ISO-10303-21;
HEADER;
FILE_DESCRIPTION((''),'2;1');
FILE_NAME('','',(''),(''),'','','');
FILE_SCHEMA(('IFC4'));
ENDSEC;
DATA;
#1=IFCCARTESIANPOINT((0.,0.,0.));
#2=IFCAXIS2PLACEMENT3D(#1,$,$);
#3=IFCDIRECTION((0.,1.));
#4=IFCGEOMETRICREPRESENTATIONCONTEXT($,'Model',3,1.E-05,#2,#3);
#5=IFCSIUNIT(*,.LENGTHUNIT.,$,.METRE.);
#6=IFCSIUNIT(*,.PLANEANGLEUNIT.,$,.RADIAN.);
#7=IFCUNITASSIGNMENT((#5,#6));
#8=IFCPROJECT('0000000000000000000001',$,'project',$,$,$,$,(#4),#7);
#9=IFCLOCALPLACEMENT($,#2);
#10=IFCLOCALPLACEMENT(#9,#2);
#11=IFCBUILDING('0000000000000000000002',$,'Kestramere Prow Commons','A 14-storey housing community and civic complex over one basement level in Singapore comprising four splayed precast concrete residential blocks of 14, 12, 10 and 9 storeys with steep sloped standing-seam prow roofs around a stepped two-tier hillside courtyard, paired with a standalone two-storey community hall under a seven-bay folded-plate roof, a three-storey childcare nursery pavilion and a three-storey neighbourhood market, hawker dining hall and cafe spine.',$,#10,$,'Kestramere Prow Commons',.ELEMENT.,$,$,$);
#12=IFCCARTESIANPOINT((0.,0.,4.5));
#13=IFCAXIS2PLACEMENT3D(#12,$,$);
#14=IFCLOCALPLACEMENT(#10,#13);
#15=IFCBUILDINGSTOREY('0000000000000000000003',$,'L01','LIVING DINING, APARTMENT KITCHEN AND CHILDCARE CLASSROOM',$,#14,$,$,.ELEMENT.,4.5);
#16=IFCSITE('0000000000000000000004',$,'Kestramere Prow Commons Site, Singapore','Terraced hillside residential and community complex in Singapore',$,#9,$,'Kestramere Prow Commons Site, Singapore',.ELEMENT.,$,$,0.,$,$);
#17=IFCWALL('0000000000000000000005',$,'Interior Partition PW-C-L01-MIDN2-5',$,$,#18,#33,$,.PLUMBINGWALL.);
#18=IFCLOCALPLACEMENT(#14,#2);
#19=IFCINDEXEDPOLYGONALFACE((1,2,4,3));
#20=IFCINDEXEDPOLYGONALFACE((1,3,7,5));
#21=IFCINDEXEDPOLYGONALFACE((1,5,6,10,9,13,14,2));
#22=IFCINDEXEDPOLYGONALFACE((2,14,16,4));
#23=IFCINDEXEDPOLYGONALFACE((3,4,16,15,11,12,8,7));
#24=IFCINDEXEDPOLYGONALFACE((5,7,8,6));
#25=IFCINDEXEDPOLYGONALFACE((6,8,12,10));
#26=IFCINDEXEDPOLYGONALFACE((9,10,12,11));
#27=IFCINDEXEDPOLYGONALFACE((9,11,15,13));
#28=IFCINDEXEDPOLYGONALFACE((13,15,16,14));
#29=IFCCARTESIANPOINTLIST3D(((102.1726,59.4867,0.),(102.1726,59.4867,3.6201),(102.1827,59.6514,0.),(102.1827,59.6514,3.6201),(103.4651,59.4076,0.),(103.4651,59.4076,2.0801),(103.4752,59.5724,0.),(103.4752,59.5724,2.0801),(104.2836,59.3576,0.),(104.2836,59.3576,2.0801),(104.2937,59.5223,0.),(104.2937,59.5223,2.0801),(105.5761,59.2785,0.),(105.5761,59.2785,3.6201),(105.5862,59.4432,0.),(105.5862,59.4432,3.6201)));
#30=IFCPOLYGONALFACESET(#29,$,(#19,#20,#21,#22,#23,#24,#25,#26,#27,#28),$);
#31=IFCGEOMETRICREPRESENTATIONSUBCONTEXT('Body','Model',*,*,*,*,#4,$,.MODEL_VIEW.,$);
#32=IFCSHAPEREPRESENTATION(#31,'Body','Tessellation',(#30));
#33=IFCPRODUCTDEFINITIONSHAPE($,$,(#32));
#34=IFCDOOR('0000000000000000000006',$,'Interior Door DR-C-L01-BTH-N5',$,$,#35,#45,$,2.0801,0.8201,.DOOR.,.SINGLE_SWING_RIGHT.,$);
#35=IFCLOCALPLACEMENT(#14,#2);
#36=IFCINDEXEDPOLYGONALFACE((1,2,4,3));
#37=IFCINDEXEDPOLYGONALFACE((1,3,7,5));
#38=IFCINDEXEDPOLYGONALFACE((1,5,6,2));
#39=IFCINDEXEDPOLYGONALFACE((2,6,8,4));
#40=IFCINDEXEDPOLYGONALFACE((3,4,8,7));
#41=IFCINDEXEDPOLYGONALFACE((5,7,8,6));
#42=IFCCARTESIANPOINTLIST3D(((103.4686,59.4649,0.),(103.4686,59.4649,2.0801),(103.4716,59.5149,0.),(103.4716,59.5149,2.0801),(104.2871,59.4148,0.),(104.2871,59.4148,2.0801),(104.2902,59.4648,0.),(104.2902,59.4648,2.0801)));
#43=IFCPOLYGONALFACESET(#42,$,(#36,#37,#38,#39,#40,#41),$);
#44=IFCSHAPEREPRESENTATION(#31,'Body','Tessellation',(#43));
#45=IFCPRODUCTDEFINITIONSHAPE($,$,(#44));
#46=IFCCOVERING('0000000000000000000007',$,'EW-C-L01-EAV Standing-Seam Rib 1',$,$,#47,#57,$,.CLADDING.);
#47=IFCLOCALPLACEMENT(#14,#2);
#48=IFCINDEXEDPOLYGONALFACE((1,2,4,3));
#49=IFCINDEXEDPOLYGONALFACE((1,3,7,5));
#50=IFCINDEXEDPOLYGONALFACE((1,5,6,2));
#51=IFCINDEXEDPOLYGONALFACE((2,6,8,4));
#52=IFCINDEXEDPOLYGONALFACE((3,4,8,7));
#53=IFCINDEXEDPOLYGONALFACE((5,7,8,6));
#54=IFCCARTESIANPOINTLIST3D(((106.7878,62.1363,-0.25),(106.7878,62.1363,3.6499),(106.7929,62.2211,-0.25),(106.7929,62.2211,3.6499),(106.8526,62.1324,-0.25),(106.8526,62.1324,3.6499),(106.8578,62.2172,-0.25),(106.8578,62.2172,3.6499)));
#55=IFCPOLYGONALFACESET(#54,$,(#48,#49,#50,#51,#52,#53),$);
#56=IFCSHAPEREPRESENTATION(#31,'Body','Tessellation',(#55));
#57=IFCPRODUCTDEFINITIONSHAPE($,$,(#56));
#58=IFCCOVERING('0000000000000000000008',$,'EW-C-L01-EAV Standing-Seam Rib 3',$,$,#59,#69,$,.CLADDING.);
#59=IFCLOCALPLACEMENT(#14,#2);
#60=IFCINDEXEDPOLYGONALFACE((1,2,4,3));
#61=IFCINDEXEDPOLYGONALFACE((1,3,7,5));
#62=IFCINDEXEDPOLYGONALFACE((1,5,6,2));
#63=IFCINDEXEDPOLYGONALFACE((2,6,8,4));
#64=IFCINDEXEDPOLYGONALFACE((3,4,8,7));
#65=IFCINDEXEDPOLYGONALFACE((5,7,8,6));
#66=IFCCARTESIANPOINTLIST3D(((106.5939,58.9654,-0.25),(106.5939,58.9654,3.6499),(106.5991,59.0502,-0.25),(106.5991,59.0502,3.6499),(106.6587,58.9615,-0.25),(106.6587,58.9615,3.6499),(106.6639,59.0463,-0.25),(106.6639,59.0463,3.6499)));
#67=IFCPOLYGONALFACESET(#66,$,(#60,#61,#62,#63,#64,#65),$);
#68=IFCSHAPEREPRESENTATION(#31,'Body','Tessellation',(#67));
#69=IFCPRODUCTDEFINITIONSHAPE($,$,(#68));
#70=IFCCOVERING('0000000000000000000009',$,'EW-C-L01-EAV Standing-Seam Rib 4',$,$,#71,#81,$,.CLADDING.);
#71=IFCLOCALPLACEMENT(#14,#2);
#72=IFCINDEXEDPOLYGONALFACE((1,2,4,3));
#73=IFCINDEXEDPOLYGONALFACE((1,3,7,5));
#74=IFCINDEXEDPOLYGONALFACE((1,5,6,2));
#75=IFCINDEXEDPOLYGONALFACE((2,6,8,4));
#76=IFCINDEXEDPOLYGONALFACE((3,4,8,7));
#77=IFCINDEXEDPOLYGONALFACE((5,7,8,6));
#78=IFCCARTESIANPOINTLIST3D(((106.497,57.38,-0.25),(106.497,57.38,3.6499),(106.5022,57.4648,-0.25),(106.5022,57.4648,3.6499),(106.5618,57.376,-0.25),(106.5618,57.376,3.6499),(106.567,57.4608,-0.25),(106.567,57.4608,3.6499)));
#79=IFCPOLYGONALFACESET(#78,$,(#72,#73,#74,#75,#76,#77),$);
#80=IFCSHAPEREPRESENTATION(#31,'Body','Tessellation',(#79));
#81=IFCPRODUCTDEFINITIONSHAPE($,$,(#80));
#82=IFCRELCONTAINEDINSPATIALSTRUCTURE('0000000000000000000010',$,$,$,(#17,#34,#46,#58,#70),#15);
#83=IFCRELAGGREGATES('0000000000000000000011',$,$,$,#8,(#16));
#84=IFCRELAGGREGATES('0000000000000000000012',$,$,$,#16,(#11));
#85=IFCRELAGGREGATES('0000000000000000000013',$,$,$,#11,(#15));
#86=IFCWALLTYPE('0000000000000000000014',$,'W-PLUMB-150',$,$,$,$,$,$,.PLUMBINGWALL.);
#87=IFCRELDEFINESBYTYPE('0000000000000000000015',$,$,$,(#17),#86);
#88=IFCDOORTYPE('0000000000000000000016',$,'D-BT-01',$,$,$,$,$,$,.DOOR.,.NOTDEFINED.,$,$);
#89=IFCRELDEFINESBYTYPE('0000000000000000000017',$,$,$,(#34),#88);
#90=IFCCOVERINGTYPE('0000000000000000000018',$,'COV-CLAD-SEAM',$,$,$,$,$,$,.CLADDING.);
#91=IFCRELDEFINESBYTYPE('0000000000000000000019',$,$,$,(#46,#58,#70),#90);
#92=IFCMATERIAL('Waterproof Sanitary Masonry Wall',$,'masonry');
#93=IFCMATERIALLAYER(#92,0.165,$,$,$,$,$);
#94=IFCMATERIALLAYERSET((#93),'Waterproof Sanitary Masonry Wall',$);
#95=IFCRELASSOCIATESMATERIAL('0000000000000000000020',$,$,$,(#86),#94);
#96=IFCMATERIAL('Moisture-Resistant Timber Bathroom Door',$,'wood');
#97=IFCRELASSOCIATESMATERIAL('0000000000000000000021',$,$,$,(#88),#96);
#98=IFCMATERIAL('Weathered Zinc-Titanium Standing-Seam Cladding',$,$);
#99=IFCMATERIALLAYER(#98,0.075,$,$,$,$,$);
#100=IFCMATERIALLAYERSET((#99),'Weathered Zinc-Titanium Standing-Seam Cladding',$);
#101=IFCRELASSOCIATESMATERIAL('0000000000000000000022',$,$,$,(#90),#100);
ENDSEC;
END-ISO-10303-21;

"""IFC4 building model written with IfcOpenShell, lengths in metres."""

from ifc_helpers import new_model, si_unit, direction, frame, frame_2d, origin, origin_2d, place, context, subcontext, project, spatial, rectangle, extrude, material, layer, layer_set, type_object, element, fill, save


model = new_model("IFC4")

# Units and contexts
model_context = context("Model", 3, precision=1e-05, world=origin(), true_north=direction((0.0, 1.0)))
body_context = subcontext(model_context, "Body", "Model", "MODEL_VIEW")
ifc_project = project(units=[si_unit("LENGTHUNIT", "METRE"), si_unit("PLANEANGLEUNIT", "RADIAN")], contexts=[model_context])

# Site, building, storey
site_placement = place(None, origin())
site = spatial("IfcSite", under=ifc_project, at=site_placement, Name="Kestramere Prow Commons Site, Singapore", Description="Terraced hillside residential and community complex in Singapore", LongName="Kestramere Prow Commons Site, Singapore", CompositionType="ELEMENT", RefElevation=0.0)
building_placement = place(site_placement, origin())
building = spatial("IfcBuilding", under=site, at=building_placement, Name="Kestramere Prow Commons", Description="A 14-storey housing community and civic complex over one basement level in Singapore comprising four splayed precast concrete residential blocks of 14, 12, 10 and 9 storeys with steep sloped standing-seam prow roofs around a stepped two-tier hillside courtyard, paired with a standalone two-storey community hall under a seven-bay folded-plate roof, a three-storey childcare nursery pavilion and a three-storey neighbourhood market, hawker dining hall and cafe spine.", LongName="Kestramere Prow Commons", CompositionType="ELEMENT")
storey_placement = place(building_placement, frame((0.0, 0.0, 4.5)))
storey = spatial("IfcBuildingStorey", under=building, at=storey_placement, Name="L01", Description="LIVING DINING, APARTMENT KITCHEN AND CHILDCARE CLASSROOM", CompositionType="ELEMENT", Elevation=4.5)

# Wall, opening, door
ifc_material_1 = material(Name="Waterproof Sanitary Masonry Wall", Category="masonry")
ifc_layer_1 = layer(ifc_material_1, 0.165)
ifc_layer_set_1 = layer_set([ifc_layer_1], Name="Waterproof Sanitary Masonry Wall")
wall_type_1 = type_object("IfcWallType", Name="W-PLUMB-150", PredefinedType="PLUMBINGWALL", material=ifc_layer_set_1)
ifc_material_2 = material(Name="Moisture-Resistant Timber Bathroom Door", Category="wood")
door_type_1 = type_object("IfcDoorType", Name="D-BT-01", OperationType="NOTDEFINED", PredefinedType="DOOR", material=ifc_material_2)
wall_1_placement = place(storey_placement, frame((102.1775, 59.5691, 0.0), z_axis=(0.0, 0.0, 1.0), x_axis=(0.998133, -0.061072, 0.0)))
wall_1 = element("IfcWall", 1, at=wall_1_placement, inside=storey, type_object=wall_type_1, Name="Interior Partition PW-C-L01-MIDN2-5", PredefinedType="PLUMBINGWALL", context=body_context, shape_type="SweptSolid", body=[
    extrude(rectangle(XDim=3.4099, YDim=0.165, at=frame_2d((1.7051, 0.0))), origin(), (0.0, 0.0, 1.0), 3.6201),
])
opening_1_placement = place(wall_1_placement, frame((1.2949, 0.0, 0.0)))
opening_1 = element("IfcOpeningElement", 2, at=opening_1_placement, cuts=wall_1, PredefinedType="OPENING", context=body_context, shape_type="SweptSolid", body=[
    extrude(rectangle(XDim=0.8201, YDim=2.0801, at=frame_2d((0.4102, 1.04))), frame((0.0, 0.0974, 0.0), z_axis=(0.0, -1.0, 0.0), x_axis=(1.0, 0.0, 0.0)), (0.0, 0.0, 1.0), 0.1951),
])
door_1_placement = place(opening_1_placement, origin())
door_1 = element("IfcDoor", 3, at=door_1_placement, inside=storey, type_object=door_type_1, Name="Interior Door DR-C-L01-BTH-N5", OperationType="SINGLE_SWING_RIGHT", OverallHeight=2.0801, OverallWidth=0.8201, PredefinedType="DOOR", context=body_context, shape_type="SweptSolid", body=[
    extrude(rectangle(XDim=0.8201, YDim=2.0801, at=frame_2d((0.4102, 1.04))), frame((0.0, 0.0249, 0.0), z_axis=(0.0, -1.0, 0.0), x_axis=(1.0, 0.0, 0.0)), (0.0, 0.0, 1.0), 0.05),
])
fill(opening_1, door_1)

# Coverings
ifc_material_3 = material(Name="Weathered Zinc-Titanium Standing-Seam Cladding")
ifc_layer_2 = layer(ifc_material_3, 0.075)
ifc_layer_set_2 = layer_set([ifc_layer_2], Name="Weathered Zinc-Titanium Standing-Seam Cladding")
covering_type = type_object("IfcCoveringType", Name="COV-CLAD-SEAM", PredefinedType="CLADDING", material=ifc_layer_set_2)
for number, where, z_axis, x_axis, name in (
    (4, (106.8228, 62.1768, -0.25), (0.0, 0.0, 1.0), (-0.061049, -0.998135, 0.0), "EW-C-L01-EAV Standing-Seam Rib 1"),
    (5, (106.6289, 59.0059, -0.25), (0.0, 0.0, 1.0), (-0.061049, -0.998135, 0.0), "EW-C-L01-EAV Standing-Seam Rib 3"),
    (6, (106.532, 57.4204, -0.25), (0.0, 0.0, 1.0), (-0.061049, -0.998135, 0.0), "EW-C-L01-EAV Standing-Seam Rib 4"),
):
    element("IfcCovering", number, at=place(storey_placement, frame(where, z_axis=z_axis, x_axis=x_axis)), inside=storey, type_object=covering_type, Name=name, PredefinedType="CLADDING", context=body_context, shape_type="SweptSolid", body=[
        extrude(rectangle(XDim=0.085, YDim=0.0649, at=origin_2d()), origin(), (0.0, 0.0, 1.0), 3.8999),
    ])

save(model, "model.ifc")
